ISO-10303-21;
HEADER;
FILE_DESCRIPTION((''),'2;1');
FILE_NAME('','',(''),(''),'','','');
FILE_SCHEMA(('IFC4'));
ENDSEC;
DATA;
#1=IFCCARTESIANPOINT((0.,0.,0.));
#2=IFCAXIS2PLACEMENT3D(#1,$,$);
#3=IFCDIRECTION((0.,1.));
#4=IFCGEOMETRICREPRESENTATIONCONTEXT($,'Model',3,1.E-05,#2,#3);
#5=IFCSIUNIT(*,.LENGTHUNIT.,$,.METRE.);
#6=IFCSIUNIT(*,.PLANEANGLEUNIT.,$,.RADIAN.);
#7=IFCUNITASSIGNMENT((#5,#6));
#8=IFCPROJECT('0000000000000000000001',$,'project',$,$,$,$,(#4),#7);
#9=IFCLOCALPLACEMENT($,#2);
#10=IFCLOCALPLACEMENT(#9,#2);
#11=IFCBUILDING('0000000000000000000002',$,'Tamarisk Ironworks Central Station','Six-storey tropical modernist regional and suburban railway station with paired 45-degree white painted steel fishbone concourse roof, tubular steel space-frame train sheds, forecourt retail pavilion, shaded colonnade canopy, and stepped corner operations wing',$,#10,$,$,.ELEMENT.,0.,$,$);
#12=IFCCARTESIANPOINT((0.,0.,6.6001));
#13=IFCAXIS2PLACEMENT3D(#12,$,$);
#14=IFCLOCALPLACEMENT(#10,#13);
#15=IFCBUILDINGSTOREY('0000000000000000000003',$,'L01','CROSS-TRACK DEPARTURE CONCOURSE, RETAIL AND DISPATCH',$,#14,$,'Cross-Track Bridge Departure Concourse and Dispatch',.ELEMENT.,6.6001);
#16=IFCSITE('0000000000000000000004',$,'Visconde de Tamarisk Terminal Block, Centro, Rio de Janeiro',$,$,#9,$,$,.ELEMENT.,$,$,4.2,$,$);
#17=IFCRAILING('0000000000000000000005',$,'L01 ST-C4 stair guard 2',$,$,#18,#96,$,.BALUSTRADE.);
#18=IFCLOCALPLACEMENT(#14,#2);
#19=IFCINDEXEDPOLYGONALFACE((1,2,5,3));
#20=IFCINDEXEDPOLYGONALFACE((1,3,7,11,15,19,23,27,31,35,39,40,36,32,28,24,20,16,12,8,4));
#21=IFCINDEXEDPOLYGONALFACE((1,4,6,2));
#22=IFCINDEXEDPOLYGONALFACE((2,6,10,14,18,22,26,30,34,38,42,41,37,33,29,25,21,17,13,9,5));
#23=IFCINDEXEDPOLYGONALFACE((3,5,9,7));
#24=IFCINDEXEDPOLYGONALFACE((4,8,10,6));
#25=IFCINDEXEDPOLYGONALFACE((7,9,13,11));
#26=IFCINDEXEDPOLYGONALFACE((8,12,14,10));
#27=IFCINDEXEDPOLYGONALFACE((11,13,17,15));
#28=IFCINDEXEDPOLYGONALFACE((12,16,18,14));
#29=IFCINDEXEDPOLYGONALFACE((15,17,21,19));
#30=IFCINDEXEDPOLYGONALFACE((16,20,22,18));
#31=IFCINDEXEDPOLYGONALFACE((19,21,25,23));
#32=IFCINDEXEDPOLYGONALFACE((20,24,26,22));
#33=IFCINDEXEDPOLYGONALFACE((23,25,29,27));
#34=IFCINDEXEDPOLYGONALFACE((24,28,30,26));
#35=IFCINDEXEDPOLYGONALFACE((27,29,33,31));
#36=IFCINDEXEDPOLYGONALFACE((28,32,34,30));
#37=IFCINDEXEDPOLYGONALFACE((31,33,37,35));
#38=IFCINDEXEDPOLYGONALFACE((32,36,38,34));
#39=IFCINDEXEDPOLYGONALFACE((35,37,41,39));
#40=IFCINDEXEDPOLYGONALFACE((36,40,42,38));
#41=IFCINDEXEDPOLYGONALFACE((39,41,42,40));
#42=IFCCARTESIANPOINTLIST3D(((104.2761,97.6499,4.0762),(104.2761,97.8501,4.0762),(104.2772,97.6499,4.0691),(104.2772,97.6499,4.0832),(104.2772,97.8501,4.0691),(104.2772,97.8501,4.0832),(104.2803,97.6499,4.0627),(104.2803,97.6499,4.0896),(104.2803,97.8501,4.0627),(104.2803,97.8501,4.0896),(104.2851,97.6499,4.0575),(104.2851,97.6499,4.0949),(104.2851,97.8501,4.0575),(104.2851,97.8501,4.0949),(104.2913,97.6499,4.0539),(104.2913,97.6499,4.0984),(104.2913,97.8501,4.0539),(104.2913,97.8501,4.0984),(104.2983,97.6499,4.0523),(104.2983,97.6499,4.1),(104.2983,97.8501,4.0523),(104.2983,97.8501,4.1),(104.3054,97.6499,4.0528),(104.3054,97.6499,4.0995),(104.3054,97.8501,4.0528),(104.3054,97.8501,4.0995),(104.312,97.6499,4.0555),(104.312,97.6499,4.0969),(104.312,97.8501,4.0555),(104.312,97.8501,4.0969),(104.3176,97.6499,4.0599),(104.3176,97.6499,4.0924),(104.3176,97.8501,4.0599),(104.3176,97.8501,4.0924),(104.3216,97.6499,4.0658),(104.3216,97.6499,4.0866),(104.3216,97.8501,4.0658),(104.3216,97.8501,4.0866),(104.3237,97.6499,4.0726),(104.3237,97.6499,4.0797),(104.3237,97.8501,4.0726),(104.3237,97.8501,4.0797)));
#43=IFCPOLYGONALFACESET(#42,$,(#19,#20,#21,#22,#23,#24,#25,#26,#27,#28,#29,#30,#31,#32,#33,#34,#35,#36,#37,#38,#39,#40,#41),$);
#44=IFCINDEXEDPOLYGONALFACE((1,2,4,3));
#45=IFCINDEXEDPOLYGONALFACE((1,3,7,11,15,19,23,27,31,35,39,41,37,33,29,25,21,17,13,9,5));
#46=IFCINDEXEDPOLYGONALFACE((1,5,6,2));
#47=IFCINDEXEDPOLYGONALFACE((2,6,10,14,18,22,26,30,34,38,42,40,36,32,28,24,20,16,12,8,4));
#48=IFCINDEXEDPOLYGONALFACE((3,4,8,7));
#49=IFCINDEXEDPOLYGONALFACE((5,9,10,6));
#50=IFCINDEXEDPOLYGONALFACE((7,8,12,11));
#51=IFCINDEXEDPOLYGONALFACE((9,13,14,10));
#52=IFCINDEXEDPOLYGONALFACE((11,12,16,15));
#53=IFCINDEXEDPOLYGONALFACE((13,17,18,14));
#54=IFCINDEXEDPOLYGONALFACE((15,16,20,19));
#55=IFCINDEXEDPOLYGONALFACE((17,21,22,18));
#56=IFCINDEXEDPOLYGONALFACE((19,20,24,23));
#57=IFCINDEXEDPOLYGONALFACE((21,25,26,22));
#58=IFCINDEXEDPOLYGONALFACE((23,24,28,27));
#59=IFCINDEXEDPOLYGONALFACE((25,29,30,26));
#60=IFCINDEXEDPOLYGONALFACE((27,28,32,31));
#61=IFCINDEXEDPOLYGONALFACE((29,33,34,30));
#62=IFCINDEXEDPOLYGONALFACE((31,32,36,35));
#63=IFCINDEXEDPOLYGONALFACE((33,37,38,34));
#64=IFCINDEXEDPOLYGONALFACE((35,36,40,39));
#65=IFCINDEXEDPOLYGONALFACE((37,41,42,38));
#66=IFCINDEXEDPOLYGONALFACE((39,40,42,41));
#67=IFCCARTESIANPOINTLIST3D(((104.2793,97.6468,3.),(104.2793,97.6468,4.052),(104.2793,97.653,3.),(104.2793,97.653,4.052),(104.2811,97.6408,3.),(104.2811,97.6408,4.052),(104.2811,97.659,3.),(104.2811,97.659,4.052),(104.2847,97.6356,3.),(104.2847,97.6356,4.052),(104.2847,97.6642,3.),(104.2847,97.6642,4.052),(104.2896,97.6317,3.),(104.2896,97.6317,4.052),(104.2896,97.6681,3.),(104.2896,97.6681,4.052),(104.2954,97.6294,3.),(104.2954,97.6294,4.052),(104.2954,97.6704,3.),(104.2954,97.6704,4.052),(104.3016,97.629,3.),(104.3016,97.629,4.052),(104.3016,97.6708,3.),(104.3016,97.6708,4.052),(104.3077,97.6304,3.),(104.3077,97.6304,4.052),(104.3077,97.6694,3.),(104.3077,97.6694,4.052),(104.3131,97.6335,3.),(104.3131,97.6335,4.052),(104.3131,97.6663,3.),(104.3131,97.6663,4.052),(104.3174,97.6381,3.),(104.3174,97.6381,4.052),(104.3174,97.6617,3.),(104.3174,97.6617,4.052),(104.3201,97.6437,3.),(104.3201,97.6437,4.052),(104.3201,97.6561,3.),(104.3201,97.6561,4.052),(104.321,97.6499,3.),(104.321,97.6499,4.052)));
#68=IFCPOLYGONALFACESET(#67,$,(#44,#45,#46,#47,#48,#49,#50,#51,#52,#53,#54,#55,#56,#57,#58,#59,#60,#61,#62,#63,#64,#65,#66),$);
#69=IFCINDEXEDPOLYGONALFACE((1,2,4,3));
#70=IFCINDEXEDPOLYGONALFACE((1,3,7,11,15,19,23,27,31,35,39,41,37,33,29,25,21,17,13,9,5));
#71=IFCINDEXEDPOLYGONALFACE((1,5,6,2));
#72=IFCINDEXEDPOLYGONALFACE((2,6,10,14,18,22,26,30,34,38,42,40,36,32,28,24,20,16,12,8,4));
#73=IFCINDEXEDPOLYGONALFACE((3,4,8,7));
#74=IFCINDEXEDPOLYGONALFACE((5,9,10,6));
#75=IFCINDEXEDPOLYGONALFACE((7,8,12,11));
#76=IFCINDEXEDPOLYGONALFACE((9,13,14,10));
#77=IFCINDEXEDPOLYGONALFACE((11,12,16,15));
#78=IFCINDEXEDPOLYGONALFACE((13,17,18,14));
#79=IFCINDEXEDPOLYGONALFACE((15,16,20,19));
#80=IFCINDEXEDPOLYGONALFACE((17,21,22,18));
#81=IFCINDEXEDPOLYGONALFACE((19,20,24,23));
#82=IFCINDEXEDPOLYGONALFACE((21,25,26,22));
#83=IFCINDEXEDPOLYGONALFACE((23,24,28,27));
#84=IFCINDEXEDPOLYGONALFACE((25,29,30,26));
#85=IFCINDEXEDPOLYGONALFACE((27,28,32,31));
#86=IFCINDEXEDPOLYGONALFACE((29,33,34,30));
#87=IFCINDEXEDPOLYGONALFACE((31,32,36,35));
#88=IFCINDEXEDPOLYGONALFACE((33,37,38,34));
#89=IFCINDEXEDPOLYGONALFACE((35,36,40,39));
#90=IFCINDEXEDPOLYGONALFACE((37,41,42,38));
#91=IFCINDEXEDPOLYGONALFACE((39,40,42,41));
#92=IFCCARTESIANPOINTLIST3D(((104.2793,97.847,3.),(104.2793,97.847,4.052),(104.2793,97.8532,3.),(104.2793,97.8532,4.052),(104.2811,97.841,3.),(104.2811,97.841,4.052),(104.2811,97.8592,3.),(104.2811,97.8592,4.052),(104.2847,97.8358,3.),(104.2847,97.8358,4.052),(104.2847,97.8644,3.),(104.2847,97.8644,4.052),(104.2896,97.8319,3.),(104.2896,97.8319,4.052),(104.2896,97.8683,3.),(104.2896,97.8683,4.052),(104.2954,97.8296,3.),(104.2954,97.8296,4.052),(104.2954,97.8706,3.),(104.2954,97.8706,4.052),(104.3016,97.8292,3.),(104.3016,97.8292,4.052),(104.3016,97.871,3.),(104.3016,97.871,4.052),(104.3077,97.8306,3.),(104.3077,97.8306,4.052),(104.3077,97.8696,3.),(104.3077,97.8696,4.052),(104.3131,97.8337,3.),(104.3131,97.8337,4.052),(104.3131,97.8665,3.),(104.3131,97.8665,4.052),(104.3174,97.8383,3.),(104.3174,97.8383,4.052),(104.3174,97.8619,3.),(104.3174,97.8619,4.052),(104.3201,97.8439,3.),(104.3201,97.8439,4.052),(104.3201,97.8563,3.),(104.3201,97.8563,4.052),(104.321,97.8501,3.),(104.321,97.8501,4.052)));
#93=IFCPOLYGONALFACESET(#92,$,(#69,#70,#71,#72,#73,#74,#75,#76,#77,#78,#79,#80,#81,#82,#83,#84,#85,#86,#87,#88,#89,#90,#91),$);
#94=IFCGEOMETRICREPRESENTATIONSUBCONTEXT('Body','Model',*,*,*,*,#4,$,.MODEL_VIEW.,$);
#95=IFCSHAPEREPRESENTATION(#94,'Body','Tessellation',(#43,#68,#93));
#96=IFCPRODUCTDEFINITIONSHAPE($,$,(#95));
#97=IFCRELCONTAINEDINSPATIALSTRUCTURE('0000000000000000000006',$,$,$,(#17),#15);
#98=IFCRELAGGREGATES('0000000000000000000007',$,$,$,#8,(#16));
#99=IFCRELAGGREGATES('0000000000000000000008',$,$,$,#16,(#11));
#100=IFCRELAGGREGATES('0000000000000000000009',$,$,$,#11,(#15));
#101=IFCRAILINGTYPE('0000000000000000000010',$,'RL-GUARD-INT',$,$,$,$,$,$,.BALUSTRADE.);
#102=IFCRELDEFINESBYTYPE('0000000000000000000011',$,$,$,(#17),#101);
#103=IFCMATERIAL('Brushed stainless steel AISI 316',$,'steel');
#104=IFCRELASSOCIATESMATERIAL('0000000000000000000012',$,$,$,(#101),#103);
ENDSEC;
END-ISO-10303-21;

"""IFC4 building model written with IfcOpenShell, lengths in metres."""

from ifc_helpers import new_model, si_unit, direction, frame, origin, origin_2d, place, context, subcontext, project, spatial, circle, extrude, material, type_object, element, save


model = new_model("IFC4")

# Units and contexts
model_context = context("Model", 3, precision=1e-05, world=origin(), true_north=direction((0.0, 1.0)))
body_context = subcontext(model_context, "Body", "Model", "MODEL_VIEW")
ifc_project = project(units=[si_unit("LENGTHUNIT", "METRE"), si_unit("PLANEANGLEUNIT", "RADIAN")], contexts=[model_context])

# Site, building, storey
site_placement = place(None, origin())
site = spatial("IfcSite", under=ifc_project, at=site_placement, Name="Visconde de Tamarisk Terminal Block, Centro, Rio de Janeiro", CompositionType="ELEMENT", RefElevation=4.2)
building_placement = place(site_placement, origin())
building = spatial("IfcBuilding", under=site, at=building_placement, Name="Tamarisk Ironworks Central Station", Description="Six-storey tropical modernist regional and suburban railway station with paired 45-degree white painted steel fishbone concourse roof, tubular steel space-frame train sheds, forecourt retail pavilion, shaded colonnade canopy, and stepped corner operations wing", CompositionType="ELEMENT", ElevationOfRefHeight=0.0)
storey_placement = place(building_placement, frame((0.0, 0.0, 6.6001)))
storey = spatial("IfcBuildingStorey", under=building, at=storey_placement, Name="L01", Description="CROSS-TRACK DEPARTURE CONCOURSE, RETAIL AND DISPATCH", LongName="Cross-Track Bridge Departure Concourse and Dispatch", CompositionType="ELEMENT", Elevation=6.6001)

# Railing
ifc_material_1 = material(Name="Brushed stainless steel AISI 316", Category="steel")
railing_type_1 = type_object("IfcRailingType", Name="RL-GUARD-INT", PredefinedType="BALUSTRADE", material=ifc_material_1)
railing_1_placement = place(storey_placement, frame((104.3, 97.6499, 3.0)))
element("IfcRailing", 1, at=railing_1_placement, inside=storey, type_object=railing_type_1, Name="L01 ST-C4 stair guard 2", PredefinedType="BALUSTRADE", context=body_context, shape_type="SweptSolid", body=[
    extrude(circle(Radius=0.0239, at=origin_2d()), frame((0.0, 0.0, 1.0762), z_axis=(0.0, 1.0, 0.0), x_axis=(-1.0, 0.0, 0.0)), (0.0, 0.0, 1.0), 0.2002),
    extrude(circle(Radius=0.021, at=origin_2d()), origin(), (0.0, 0.0, 1.0), 1.052),
    extrude(circle(Radius=0.021, at=origin_2d()), frame((0.0, 0.2002, 0.0)), (0.0, 0.0, 1.0), 1.052),
])

save(model, "model.ifc")
